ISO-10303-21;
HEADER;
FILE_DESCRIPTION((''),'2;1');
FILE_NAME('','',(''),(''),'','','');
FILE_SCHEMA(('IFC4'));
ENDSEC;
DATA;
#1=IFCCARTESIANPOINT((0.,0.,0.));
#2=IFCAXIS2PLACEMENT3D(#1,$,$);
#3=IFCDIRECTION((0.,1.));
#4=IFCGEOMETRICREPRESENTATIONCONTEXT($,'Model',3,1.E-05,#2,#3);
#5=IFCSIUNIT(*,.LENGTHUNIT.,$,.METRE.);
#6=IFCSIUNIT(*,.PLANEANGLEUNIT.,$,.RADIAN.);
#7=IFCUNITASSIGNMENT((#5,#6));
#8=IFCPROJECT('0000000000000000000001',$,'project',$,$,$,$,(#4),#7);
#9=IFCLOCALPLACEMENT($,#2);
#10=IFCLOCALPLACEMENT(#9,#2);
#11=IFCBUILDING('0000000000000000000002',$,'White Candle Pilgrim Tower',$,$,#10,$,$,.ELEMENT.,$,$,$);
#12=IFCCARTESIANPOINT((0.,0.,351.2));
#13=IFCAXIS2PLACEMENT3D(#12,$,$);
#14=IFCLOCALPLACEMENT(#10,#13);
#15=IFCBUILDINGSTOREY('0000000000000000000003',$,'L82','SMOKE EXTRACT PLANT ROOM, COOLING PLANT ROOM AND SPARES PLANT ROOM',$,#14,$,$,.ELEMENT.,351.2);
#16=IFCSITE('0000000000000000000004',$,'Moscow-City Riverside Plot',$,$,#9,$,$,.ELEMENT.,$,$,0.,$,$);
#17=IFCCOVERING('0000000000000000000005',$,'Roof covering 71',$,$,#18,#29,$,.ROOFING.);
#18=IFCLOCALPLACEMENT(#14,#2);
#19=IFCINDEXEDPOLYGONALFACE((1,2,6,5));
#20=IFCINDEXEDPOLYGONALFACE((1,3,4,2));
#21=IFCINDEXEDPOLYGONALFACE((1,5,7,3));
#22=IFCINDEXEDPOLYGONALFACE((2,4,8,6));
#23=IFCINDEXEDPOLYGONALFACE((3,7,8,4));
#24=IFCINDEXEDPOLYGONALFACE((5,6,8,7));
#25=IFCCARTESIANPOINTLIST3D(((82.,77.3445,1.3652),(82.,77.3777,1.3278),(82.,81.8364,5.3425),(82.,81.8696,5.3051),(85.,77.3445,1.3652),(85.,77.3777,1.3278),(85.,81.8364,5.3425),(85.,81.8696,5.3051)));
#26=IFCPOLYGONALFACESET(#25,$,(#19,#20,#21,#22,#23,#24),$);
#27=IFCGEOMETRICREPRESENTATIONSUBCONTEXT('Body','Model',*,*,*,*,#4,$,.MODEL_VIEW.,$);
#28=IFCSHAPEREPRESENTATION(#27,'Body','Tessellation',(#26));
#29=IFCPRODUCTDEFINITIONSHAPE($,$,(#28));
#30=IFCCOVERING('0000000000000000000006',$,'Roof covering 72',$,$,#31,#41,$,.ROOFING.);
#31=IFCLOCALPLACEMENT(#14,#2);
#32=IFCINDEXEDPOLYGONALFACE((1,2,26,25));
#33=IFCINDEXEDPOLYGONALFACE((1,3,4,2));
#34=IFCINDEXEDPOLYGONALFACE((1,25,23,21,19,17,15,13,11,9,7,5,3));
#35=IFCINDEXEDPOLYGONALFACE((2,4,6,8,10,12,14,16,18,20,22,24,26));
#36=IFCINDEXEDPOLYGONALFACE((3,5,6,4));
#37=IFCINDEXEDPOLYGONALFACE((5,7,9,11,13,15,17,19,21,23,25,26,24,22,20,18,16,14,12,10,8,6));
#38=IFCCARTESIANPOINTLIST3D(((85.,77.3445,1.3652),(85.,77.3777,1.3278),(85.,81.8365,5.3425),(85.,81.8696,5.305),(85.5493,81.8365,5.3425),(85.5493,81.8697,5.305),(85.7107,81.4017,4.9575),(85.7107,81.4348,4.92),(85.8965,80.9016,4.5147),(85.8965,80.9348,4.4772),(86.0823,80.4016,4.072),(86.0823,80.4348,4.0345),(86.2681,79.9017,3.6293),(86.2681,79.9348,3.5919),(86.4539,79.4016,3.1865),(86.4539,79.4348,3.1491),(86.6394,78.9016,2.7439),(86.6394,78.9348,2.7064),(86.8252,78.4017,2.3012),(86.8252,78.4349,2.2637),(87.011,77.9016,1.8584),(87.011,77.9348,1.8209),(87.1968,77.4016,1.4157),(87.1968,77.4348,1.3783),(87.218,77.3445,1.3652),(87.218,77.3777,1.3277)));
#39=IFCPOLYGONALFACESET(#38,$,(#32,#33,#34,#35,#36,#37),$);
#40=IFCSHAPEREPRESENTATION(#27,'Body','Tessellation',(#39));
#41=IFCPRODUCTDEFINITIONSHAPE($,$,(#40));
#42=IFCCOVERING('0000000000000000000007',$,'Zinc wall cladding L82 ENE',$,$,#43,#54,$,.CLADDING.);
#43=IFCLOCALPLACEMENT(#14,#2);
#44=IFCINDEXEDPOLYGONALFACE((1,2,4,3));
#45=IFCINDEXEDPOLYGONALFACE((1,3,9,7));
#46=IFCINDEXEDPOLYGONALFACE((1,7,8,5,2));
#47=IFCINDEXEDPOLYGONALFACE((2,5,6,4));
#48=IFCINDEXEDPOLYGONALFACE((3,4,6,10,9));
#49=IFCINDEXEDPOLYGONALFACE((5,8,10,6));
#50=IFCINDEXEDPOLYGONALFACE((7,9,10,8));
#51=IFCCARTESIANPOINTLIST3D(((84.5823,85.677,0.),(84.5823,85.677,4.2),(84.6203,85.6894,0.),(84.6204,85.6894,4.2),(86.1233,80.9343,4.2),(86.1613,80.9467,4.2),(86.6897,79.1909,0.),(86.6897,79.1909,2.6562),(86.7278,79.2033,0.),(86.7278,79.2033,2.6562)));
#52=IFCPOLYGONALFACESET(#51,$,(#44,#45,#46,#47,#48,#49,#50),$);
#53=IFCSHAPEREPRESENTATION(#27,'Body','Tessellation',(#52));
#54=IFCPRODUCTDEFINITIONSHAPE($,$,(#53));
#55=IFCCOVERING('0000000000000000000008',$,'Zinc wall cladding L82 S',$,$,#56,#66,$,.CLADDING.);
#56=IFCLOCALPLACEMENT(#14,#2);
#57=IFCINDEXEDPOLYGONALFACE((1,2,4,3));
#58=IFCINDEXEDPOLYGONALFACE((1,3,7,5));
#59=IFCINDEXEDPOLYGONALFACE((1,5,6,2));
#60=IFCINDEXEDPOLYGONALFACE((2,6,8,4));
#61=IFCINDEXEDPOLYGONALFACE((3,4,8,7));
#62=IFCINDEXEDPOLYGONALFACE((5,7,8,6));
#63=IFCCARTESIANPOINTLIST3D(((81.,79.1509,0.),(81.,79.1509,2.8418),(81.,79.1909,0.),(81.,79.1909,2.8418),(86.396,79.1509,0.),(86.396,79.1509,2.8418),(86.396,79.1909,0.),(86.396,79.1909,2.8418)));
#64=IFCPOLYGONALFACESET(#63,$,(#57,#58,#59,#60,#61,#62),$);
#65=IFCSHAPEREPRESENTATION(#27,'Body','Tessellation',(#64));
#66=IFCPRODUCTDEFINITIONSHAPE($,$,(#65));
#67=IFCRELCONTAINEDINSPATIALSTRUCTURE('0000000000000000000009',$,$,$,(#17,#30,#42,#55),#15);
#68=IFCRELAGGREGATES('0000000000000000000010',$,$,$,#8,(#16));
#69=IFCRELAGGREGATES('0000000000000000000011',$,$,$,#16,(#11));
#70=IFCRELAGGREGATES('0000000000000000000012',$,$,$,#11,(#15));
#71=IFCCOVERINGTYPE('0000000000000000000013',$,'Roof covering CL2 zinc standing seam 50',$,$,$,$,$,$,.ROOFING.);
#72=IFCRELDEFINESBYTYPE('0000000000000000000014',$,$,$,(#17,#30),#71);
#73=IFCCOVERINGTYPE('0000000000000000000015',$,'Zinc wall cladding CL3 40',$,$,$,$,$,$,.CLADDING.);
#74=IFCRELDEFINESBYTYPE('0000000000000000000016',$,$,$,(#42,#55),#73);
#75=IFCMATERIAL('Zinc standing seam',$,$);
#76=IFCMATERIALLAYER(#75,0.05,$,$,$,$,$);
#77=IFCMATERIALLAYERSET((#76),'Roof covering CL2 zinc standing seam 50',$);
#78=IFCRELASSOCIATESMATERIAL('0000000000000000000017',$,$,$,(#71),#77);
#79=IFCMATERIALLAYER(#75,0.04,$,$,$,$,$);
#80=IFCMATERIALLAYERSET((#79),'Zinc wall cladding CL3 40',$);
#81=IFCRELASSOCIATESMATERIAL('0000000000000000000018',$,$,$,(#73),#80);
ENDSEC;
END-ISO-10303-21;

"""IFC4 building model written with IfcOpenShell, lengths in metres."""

from ifc_helpers import new_model, si_unit, direction, frame, origin, place, context, subcontext, project, spatial, polyline, outline, extrude, material, layer, layer_set, type_object, element, save


model = new_model("IFC4")

# Units and contexts
model_context = context("Model", 3, precision=1e-05, world=origin(), true_north=direction((0.0, 1.0)))
body_context = subcontext(model_context, "Body", "Model", "MODEL_VIEW")
ifc_project = project(units=[si_unit("LENGTHUNIT", "METRE"), si_unit("PLANEANGLEUNIT", "RADIAN")], contexts=[model_context])

# Site, building, storey
site_placement = place(None, origin())
site = spatial("IfcSite", under=ifc_project, at=site_placement, Name="Moscow-City Riverside Plot", CompositionType="ELEMENT", RefElevation=0.0)
building_placement = place(site_placement, origin())
building = spatial("IfcBuilding", under=site, at=building_placement, Name="White Candle Pilgrim Tower", CompositionType="ELEMENT")
storey_placement = place(building_placement, frame((0.0, 0.0, 351.2)))
storey = spatial("IfcBuildingStorey", under=building, at=storey_placement, Name="L82", Description="SMOKE EXTRACT PLANT ROOM, COOLING PLANT ROOM AND SPARES PLANT ROOM", CompositionType="ELEMENT", Elevation=351.2)

# Coverings
ifc_material_1 = material(Name="Zinc standing seam")
ifc_layer_1 = layer(ifc_material_1, 0.05)
ifc_layer_set_1 = layer_set([ifc_layer_1], Name="Roof covering CL2 zinc standing seam 50")
covering_type_1 = type_object("IfcCoveringType", Name="Roof covering CL2 zinc standing seam 50", PredefinedType="ROOFING", material=ifc_layer_set_1)
for number, where, z_axis, x_axis, name in (
    (1, (82.0, 77.3445, 1.3652), (0.0, -0.662915, 0.748694), (0.0, 0.748694, 0.662915), "Roof covering 71"),
):
    element("IfcCovering", number, at=place(storey_placement, frame(where, z_axis=z_axis, x_axis=x_axis)), inside=storey, type_object=covering_type_1, Name=name, PredefinedType="ROOFING", context=body_context, shape_type="SweptSolid", body=[
        extrude(outline(polyline([(0.0, 0.0), (5.9997, 0.0), (5.9997, -3.0), (0.0, -3.0), (0.0, 0.0)])), origin(), (0.0, 0.0, -1.0), 0.05),
    ])
covering_1_placement = place(storey_placement, frame((85.0, 77.3445, 1.3652), z_axis=(0.000037, -0.662908, 0.748701), x_axis=(0.0, 0.748701, 0.662908)))
element("IfcCovering", 2, at=covering_1_placement, inside=storey, type_object=covering_type_1, Name="Roof covering 72", PredefinedType="ROOFING", context=body_context, shape_type="SweptSolid", body=[
    extrude(outline(polyline([(0.0, 0.0), (5.9997, 0.0), (5.9997, -0.5493), (5.4189, -0.7107), (4.751, -0.8965), (4.0832, -1.0823), (3.4155, -1.2681), (2.7475, -1.4539), (2.0797, -1.6394), (1.412, -1.8252), (0.744, -2.011), (0.0763, -2.1968), (0.0, -2.218), (0.0, 0.0)])), origin(), (0.0, 0.0, -1.0), 0.05),
])
ifc_layer_2 = layer(ifc_material_1, 0.04)
ifc_layer_set_2 = layer_set([ifc_layer_2], Name="Zinc wall cladding CL3 40")
covering_type_2 = type_object("IfcCoveringType", Name="Zinc wall cladding CL3 40", PredefinedType="CLADDING", material=ifc_layer_set_2)
covering_2_placement = place(storey_placement, frame((86.6897, 79.1909, 2.6562), z_axis=(-0.951058, -0.309014, 0.000006), x_axis=(-0.236362, 0.72747, 0.644143)))
element("IfcCovering", 3, at=covering_2_placement, inside=storey, type_object=covering_type_2, Name="Zinc wall cladding L82 ENE", PredefinedType="CLADDING", context=body_context, shape_type="SweptSolid", body=[
    extrude(outline(polyline([(0.0, 0.0), (2.3965, 0.0), (6.2109, 3.2122), (3.5055, 6.4247), (-1.711, 2.0318), (0.0, 0.0)])), origin(), (0.0, 0.0, -1.0), 0.04),
])
covering_3_placement = place(storey_placement, frame((81.0, 79.1909, 2.8418), z_axis=(0.0, 1.0, 0.0), x_axis=(1.0, 0.0, 0.0)))
element("IfcCovering", 4, at=covering_3_placement, inside=storey, type_object=covering_type_2, Name="Zinc wall cladding L82 S", PredefinedType="CLADDING", context=body_context, shape_type="SweptSolid", body=[
    extrude(outline(polyline([(0.0, 0.0), (5.396, 0.0), (5.396, 2.8418), (0.0, 2.8418), (0.0, 0.0)])), origin(), (0.0, 0.0, -1.0), 0.04),
])

save(model, "model.ifc")
